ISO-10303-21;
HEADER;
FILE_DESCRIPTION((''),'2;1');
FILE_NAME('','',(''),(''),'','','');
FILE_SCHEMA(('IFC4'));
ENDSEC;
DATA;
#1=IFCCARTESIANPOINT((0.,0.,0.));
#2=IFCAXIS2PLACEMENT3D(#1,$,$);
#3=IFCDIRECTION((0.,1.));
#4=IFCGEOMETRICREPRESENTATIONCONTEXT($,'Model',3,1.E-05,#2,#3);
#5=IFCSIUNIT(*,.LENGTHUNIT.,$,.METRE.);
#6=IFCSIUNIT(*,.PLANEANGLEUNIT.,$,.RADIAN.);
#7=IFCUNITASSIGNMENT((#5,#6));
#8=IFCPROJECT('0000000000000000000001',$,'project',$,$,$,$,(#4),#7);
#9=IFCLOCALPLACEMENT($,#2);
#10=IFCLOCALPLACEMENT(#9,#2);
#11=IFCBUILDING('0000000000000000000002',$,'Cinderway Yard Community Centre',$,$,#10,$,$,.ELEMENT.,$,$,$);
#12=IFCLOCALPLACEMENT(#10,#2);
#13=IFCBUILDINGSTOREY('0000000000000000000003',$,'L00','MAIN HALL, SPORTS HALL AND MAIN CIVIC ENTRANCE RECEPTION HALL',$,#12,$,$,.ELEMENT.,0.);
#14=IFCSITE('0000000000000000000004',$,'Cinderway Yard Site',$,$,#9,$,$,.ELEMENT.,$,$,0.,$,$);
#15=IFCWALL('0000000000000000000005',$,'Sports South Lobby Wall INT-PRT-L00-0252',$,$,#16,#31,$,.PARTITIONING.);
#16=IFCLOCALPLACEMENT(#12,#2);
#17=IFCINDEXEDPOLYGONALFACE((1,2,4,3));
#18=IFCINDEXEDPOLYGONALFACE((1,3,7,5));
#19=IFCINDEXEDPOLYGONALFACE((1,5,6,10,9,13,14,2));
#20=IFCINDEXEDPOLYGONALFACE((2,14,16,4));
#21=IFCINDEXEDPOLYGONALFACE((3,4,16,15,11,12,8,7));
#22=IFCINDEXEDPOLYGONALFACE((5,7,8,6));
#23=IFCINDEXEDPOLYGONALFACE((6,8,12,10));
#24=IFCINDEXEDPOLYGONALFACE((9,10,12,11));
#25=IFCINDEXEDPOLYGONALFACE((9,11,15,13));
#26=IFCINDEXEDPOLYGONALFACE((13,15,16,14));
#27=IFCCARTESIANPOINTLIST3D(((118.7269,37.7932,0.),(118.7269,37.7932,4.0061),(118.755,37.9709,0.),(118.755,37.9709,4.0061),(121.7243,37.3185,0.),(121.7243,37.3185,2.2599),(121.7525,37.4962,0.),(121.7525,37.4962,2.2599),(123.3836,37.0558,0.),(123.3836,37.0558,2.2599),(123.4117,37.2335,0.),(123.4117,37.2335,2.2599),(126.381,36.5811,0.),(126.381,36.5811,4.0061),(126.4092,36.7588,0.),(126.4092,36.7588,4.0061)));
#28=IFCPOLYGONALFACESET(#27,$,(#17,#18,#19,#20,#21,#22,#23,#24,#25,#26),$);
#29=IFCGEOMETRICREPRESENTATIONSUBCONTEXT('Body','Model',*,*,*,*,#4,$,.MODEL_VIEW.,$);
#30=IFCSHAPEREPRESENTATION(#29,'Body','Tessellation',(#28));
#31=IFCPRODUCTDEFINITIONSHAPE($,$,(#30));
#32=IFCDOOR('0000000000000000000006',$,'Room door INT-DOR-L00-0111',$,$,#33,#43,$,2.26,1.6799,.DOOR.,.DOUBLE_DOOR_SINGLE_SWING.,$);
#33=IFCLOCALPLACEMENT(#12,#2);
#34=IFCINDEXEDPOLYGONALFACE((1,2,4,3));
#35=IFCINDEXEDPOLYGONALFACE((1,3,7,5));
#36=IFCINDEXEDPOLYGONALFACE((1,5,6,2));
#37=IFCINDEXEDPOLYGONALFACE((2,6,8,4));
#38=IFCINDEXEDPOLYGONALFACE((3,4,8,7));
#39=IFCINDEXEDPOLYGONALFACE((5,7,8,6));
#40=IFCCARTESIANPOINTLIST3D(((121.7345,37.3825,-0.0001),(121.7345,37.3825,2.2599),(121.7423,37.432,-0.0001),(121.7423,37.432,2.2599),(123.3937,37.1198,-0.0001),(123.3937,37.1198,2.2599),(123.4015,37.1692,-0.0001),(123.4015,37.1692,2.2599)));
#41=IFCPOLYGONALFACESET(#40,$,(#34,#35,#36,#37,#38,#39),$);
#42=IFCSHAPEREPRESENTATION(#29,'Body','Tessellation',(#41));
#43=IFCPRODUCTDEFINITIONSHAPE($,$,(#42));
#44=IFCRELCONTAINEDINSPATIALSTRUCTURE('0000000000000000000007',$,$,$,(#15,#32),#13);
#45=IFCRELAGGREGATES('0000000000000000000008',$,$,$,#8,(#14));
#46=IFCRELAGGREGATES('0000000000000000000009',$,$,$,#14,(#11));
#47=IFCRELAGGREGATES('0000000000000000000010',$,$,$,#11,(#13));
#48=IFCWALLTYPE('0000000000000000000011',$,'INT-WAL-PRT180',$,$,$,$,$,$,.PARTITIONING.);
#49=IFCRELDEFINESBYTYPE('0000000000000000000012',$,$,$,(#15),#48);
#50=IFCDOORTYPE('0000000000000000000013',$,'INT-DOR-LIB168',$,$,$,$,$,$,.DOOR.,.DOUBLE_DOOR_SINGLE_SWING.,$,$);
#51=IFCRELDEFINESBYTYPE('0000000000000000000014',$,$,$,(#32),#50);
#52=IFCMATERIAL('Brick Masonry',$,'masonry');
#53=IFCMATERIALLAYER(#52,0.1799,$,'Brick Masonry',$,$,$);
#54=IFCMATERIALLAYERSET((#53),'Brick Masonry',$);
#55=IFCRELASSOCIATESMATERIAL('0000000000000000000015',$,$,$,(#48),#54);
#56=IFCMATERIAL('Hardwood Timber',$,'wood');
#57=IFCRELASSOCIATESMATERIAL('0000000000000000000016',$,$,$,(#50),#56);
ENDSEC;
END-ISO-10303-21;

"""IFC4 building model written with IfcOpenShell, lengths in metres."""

from ifc_helpers import new_model, si_unit, direction, frame, frame_2d, origin, place, context, subcontext, project, spatial, rectangle, extrude, material, layer, layer_set, type_object, element, fill, save


model = new_model("IFC4")

# Units and contexts
model_context = context("Model", 3, precision=1e-05, world=origin(), true_north=direction((0.0, 1.0)))
body_context = subcontext(model_context, "Body", "Model", "MODEL_VIEW")
ifc_project = project(units=[si_unit("LENGTHUNIT", "METRE"), si_unit("PLANEANGLEUNIT", "RADIAN")], contexts=[model_context])

# Site, building, storey
site_placement = place(None, origin())
site = spatial("IfcSite", under=ifc_project, at=site_placement, Name="Cinderway Yard Site", CompositionType="ELEMENT", RefElevation=0.0)
building_placement = place(site_placement, origin())
building = spatial("IfcBuilding", under=site, at=building_placement, Name="Cinderway Yard Community Centre", CompositionType="ELEMENT")
storey_placement = place(building_placement, origin())
storey = spatial("IfcBuildingStorey", under=building, at=storey_placement, Name="L00", Description="MAIN HALL, SPORTS HALL AND MAIN CIVIC ENTRANCE RECEPTION HALL", CompositionType="ELEMENT", Elevation=0.0)

# Wall, opening, door
ifc_material_1 = material(Name="Brick Masonry", Category="masonry")
ifc_layer_1 = layer(ifc_material_1, 0.1799, Name="Brick Masonry")
ifc_layer_set_1 = layer_set([ifc_layer_1], Name="Brick Masonry")
wall_type_1 = type_object("IfcWallType", Name="INT-WAL-PRT180", PredefinedType="PARTITIONING", material=ifc_layer_set_1)
wall_1_placement = place(storey_placement, frame((118.741, 37.8821, 0.0), z_axis=(0.0, 0.0, 1.0), x_axis=(0.987691, -0.156419, 0.0)))
wall_1 = element("IfcWall", 1, at=wall_1_placement, inside=storey, type_object=wall_type_1, Name="Sports South Lobby Wall INT-PRT-L00-0252", PredefinedType="PARTITIONING", context=body_context, shape_type="SweptSolid", body=[
    extrude(rectangle(XDim=7.7495, YDim=0.1799, at=frame_2d((3.8748, 0.0))), origin(), (0.0, 0.0, 1.0), 4.0061),
])
opening_placement = place(wall_1_placement, frame((3.0349, 0.0, 0.0)))
opening = element("IfcOpeningElement", 2, at=opening_placement, cuts=wall_1, PredefinedType="OPENING", context=body_context, shape_type="SweptSolid", body=[
    extrude(rectangle(XDim=1.6799, YDim=2.26, at=frame_2d((0.8398, 1.1299))), frame((0.0, 0.0999, 0.0), z_axis=(0.0, -1.0, 0.0), x_axis=(1.0, 0.0, 0.0)), (0.0, 0.0, 1.0), 0.2),
])
ifc_material_2 = material(Name="Hardwood Timber", Category="wood")
door_type = type_object("IfcDoorType", Name="INT-DOR-LIB168", OperationType="DOUBLE_DOOR_SINGLE_SWING", PredefinedType="DOOR", material=ifc_material_2)
door_placement = place(opening_placement, origin())
door = element("IfcDoor", 3, at=door_placement, inside=storey, type_object=door_type, Name="Room door INT-DOR-L00-0111", OperationType="DOUBLE_DOOR_SINGLE_SWING", OverallHeight=2.26, OverallWidth=1.6799, PredefinedType="DOOR", context=body_context, shape_type="SweptSolid", body=[
    extrude(rectangle(XDim=1.6799, YDim=2.26, at=frame_2d((0.8398, 1.1299))), frame((0.0, 0.0249, 0.0), z_axis=(0.0, -1.0, 0.0), x_axis=(1.0, 0.0, 0.0)), (0.0, 0.0, 1.0), 0.05),
])
fill(opening, door)

save(model, "model.ifc")
